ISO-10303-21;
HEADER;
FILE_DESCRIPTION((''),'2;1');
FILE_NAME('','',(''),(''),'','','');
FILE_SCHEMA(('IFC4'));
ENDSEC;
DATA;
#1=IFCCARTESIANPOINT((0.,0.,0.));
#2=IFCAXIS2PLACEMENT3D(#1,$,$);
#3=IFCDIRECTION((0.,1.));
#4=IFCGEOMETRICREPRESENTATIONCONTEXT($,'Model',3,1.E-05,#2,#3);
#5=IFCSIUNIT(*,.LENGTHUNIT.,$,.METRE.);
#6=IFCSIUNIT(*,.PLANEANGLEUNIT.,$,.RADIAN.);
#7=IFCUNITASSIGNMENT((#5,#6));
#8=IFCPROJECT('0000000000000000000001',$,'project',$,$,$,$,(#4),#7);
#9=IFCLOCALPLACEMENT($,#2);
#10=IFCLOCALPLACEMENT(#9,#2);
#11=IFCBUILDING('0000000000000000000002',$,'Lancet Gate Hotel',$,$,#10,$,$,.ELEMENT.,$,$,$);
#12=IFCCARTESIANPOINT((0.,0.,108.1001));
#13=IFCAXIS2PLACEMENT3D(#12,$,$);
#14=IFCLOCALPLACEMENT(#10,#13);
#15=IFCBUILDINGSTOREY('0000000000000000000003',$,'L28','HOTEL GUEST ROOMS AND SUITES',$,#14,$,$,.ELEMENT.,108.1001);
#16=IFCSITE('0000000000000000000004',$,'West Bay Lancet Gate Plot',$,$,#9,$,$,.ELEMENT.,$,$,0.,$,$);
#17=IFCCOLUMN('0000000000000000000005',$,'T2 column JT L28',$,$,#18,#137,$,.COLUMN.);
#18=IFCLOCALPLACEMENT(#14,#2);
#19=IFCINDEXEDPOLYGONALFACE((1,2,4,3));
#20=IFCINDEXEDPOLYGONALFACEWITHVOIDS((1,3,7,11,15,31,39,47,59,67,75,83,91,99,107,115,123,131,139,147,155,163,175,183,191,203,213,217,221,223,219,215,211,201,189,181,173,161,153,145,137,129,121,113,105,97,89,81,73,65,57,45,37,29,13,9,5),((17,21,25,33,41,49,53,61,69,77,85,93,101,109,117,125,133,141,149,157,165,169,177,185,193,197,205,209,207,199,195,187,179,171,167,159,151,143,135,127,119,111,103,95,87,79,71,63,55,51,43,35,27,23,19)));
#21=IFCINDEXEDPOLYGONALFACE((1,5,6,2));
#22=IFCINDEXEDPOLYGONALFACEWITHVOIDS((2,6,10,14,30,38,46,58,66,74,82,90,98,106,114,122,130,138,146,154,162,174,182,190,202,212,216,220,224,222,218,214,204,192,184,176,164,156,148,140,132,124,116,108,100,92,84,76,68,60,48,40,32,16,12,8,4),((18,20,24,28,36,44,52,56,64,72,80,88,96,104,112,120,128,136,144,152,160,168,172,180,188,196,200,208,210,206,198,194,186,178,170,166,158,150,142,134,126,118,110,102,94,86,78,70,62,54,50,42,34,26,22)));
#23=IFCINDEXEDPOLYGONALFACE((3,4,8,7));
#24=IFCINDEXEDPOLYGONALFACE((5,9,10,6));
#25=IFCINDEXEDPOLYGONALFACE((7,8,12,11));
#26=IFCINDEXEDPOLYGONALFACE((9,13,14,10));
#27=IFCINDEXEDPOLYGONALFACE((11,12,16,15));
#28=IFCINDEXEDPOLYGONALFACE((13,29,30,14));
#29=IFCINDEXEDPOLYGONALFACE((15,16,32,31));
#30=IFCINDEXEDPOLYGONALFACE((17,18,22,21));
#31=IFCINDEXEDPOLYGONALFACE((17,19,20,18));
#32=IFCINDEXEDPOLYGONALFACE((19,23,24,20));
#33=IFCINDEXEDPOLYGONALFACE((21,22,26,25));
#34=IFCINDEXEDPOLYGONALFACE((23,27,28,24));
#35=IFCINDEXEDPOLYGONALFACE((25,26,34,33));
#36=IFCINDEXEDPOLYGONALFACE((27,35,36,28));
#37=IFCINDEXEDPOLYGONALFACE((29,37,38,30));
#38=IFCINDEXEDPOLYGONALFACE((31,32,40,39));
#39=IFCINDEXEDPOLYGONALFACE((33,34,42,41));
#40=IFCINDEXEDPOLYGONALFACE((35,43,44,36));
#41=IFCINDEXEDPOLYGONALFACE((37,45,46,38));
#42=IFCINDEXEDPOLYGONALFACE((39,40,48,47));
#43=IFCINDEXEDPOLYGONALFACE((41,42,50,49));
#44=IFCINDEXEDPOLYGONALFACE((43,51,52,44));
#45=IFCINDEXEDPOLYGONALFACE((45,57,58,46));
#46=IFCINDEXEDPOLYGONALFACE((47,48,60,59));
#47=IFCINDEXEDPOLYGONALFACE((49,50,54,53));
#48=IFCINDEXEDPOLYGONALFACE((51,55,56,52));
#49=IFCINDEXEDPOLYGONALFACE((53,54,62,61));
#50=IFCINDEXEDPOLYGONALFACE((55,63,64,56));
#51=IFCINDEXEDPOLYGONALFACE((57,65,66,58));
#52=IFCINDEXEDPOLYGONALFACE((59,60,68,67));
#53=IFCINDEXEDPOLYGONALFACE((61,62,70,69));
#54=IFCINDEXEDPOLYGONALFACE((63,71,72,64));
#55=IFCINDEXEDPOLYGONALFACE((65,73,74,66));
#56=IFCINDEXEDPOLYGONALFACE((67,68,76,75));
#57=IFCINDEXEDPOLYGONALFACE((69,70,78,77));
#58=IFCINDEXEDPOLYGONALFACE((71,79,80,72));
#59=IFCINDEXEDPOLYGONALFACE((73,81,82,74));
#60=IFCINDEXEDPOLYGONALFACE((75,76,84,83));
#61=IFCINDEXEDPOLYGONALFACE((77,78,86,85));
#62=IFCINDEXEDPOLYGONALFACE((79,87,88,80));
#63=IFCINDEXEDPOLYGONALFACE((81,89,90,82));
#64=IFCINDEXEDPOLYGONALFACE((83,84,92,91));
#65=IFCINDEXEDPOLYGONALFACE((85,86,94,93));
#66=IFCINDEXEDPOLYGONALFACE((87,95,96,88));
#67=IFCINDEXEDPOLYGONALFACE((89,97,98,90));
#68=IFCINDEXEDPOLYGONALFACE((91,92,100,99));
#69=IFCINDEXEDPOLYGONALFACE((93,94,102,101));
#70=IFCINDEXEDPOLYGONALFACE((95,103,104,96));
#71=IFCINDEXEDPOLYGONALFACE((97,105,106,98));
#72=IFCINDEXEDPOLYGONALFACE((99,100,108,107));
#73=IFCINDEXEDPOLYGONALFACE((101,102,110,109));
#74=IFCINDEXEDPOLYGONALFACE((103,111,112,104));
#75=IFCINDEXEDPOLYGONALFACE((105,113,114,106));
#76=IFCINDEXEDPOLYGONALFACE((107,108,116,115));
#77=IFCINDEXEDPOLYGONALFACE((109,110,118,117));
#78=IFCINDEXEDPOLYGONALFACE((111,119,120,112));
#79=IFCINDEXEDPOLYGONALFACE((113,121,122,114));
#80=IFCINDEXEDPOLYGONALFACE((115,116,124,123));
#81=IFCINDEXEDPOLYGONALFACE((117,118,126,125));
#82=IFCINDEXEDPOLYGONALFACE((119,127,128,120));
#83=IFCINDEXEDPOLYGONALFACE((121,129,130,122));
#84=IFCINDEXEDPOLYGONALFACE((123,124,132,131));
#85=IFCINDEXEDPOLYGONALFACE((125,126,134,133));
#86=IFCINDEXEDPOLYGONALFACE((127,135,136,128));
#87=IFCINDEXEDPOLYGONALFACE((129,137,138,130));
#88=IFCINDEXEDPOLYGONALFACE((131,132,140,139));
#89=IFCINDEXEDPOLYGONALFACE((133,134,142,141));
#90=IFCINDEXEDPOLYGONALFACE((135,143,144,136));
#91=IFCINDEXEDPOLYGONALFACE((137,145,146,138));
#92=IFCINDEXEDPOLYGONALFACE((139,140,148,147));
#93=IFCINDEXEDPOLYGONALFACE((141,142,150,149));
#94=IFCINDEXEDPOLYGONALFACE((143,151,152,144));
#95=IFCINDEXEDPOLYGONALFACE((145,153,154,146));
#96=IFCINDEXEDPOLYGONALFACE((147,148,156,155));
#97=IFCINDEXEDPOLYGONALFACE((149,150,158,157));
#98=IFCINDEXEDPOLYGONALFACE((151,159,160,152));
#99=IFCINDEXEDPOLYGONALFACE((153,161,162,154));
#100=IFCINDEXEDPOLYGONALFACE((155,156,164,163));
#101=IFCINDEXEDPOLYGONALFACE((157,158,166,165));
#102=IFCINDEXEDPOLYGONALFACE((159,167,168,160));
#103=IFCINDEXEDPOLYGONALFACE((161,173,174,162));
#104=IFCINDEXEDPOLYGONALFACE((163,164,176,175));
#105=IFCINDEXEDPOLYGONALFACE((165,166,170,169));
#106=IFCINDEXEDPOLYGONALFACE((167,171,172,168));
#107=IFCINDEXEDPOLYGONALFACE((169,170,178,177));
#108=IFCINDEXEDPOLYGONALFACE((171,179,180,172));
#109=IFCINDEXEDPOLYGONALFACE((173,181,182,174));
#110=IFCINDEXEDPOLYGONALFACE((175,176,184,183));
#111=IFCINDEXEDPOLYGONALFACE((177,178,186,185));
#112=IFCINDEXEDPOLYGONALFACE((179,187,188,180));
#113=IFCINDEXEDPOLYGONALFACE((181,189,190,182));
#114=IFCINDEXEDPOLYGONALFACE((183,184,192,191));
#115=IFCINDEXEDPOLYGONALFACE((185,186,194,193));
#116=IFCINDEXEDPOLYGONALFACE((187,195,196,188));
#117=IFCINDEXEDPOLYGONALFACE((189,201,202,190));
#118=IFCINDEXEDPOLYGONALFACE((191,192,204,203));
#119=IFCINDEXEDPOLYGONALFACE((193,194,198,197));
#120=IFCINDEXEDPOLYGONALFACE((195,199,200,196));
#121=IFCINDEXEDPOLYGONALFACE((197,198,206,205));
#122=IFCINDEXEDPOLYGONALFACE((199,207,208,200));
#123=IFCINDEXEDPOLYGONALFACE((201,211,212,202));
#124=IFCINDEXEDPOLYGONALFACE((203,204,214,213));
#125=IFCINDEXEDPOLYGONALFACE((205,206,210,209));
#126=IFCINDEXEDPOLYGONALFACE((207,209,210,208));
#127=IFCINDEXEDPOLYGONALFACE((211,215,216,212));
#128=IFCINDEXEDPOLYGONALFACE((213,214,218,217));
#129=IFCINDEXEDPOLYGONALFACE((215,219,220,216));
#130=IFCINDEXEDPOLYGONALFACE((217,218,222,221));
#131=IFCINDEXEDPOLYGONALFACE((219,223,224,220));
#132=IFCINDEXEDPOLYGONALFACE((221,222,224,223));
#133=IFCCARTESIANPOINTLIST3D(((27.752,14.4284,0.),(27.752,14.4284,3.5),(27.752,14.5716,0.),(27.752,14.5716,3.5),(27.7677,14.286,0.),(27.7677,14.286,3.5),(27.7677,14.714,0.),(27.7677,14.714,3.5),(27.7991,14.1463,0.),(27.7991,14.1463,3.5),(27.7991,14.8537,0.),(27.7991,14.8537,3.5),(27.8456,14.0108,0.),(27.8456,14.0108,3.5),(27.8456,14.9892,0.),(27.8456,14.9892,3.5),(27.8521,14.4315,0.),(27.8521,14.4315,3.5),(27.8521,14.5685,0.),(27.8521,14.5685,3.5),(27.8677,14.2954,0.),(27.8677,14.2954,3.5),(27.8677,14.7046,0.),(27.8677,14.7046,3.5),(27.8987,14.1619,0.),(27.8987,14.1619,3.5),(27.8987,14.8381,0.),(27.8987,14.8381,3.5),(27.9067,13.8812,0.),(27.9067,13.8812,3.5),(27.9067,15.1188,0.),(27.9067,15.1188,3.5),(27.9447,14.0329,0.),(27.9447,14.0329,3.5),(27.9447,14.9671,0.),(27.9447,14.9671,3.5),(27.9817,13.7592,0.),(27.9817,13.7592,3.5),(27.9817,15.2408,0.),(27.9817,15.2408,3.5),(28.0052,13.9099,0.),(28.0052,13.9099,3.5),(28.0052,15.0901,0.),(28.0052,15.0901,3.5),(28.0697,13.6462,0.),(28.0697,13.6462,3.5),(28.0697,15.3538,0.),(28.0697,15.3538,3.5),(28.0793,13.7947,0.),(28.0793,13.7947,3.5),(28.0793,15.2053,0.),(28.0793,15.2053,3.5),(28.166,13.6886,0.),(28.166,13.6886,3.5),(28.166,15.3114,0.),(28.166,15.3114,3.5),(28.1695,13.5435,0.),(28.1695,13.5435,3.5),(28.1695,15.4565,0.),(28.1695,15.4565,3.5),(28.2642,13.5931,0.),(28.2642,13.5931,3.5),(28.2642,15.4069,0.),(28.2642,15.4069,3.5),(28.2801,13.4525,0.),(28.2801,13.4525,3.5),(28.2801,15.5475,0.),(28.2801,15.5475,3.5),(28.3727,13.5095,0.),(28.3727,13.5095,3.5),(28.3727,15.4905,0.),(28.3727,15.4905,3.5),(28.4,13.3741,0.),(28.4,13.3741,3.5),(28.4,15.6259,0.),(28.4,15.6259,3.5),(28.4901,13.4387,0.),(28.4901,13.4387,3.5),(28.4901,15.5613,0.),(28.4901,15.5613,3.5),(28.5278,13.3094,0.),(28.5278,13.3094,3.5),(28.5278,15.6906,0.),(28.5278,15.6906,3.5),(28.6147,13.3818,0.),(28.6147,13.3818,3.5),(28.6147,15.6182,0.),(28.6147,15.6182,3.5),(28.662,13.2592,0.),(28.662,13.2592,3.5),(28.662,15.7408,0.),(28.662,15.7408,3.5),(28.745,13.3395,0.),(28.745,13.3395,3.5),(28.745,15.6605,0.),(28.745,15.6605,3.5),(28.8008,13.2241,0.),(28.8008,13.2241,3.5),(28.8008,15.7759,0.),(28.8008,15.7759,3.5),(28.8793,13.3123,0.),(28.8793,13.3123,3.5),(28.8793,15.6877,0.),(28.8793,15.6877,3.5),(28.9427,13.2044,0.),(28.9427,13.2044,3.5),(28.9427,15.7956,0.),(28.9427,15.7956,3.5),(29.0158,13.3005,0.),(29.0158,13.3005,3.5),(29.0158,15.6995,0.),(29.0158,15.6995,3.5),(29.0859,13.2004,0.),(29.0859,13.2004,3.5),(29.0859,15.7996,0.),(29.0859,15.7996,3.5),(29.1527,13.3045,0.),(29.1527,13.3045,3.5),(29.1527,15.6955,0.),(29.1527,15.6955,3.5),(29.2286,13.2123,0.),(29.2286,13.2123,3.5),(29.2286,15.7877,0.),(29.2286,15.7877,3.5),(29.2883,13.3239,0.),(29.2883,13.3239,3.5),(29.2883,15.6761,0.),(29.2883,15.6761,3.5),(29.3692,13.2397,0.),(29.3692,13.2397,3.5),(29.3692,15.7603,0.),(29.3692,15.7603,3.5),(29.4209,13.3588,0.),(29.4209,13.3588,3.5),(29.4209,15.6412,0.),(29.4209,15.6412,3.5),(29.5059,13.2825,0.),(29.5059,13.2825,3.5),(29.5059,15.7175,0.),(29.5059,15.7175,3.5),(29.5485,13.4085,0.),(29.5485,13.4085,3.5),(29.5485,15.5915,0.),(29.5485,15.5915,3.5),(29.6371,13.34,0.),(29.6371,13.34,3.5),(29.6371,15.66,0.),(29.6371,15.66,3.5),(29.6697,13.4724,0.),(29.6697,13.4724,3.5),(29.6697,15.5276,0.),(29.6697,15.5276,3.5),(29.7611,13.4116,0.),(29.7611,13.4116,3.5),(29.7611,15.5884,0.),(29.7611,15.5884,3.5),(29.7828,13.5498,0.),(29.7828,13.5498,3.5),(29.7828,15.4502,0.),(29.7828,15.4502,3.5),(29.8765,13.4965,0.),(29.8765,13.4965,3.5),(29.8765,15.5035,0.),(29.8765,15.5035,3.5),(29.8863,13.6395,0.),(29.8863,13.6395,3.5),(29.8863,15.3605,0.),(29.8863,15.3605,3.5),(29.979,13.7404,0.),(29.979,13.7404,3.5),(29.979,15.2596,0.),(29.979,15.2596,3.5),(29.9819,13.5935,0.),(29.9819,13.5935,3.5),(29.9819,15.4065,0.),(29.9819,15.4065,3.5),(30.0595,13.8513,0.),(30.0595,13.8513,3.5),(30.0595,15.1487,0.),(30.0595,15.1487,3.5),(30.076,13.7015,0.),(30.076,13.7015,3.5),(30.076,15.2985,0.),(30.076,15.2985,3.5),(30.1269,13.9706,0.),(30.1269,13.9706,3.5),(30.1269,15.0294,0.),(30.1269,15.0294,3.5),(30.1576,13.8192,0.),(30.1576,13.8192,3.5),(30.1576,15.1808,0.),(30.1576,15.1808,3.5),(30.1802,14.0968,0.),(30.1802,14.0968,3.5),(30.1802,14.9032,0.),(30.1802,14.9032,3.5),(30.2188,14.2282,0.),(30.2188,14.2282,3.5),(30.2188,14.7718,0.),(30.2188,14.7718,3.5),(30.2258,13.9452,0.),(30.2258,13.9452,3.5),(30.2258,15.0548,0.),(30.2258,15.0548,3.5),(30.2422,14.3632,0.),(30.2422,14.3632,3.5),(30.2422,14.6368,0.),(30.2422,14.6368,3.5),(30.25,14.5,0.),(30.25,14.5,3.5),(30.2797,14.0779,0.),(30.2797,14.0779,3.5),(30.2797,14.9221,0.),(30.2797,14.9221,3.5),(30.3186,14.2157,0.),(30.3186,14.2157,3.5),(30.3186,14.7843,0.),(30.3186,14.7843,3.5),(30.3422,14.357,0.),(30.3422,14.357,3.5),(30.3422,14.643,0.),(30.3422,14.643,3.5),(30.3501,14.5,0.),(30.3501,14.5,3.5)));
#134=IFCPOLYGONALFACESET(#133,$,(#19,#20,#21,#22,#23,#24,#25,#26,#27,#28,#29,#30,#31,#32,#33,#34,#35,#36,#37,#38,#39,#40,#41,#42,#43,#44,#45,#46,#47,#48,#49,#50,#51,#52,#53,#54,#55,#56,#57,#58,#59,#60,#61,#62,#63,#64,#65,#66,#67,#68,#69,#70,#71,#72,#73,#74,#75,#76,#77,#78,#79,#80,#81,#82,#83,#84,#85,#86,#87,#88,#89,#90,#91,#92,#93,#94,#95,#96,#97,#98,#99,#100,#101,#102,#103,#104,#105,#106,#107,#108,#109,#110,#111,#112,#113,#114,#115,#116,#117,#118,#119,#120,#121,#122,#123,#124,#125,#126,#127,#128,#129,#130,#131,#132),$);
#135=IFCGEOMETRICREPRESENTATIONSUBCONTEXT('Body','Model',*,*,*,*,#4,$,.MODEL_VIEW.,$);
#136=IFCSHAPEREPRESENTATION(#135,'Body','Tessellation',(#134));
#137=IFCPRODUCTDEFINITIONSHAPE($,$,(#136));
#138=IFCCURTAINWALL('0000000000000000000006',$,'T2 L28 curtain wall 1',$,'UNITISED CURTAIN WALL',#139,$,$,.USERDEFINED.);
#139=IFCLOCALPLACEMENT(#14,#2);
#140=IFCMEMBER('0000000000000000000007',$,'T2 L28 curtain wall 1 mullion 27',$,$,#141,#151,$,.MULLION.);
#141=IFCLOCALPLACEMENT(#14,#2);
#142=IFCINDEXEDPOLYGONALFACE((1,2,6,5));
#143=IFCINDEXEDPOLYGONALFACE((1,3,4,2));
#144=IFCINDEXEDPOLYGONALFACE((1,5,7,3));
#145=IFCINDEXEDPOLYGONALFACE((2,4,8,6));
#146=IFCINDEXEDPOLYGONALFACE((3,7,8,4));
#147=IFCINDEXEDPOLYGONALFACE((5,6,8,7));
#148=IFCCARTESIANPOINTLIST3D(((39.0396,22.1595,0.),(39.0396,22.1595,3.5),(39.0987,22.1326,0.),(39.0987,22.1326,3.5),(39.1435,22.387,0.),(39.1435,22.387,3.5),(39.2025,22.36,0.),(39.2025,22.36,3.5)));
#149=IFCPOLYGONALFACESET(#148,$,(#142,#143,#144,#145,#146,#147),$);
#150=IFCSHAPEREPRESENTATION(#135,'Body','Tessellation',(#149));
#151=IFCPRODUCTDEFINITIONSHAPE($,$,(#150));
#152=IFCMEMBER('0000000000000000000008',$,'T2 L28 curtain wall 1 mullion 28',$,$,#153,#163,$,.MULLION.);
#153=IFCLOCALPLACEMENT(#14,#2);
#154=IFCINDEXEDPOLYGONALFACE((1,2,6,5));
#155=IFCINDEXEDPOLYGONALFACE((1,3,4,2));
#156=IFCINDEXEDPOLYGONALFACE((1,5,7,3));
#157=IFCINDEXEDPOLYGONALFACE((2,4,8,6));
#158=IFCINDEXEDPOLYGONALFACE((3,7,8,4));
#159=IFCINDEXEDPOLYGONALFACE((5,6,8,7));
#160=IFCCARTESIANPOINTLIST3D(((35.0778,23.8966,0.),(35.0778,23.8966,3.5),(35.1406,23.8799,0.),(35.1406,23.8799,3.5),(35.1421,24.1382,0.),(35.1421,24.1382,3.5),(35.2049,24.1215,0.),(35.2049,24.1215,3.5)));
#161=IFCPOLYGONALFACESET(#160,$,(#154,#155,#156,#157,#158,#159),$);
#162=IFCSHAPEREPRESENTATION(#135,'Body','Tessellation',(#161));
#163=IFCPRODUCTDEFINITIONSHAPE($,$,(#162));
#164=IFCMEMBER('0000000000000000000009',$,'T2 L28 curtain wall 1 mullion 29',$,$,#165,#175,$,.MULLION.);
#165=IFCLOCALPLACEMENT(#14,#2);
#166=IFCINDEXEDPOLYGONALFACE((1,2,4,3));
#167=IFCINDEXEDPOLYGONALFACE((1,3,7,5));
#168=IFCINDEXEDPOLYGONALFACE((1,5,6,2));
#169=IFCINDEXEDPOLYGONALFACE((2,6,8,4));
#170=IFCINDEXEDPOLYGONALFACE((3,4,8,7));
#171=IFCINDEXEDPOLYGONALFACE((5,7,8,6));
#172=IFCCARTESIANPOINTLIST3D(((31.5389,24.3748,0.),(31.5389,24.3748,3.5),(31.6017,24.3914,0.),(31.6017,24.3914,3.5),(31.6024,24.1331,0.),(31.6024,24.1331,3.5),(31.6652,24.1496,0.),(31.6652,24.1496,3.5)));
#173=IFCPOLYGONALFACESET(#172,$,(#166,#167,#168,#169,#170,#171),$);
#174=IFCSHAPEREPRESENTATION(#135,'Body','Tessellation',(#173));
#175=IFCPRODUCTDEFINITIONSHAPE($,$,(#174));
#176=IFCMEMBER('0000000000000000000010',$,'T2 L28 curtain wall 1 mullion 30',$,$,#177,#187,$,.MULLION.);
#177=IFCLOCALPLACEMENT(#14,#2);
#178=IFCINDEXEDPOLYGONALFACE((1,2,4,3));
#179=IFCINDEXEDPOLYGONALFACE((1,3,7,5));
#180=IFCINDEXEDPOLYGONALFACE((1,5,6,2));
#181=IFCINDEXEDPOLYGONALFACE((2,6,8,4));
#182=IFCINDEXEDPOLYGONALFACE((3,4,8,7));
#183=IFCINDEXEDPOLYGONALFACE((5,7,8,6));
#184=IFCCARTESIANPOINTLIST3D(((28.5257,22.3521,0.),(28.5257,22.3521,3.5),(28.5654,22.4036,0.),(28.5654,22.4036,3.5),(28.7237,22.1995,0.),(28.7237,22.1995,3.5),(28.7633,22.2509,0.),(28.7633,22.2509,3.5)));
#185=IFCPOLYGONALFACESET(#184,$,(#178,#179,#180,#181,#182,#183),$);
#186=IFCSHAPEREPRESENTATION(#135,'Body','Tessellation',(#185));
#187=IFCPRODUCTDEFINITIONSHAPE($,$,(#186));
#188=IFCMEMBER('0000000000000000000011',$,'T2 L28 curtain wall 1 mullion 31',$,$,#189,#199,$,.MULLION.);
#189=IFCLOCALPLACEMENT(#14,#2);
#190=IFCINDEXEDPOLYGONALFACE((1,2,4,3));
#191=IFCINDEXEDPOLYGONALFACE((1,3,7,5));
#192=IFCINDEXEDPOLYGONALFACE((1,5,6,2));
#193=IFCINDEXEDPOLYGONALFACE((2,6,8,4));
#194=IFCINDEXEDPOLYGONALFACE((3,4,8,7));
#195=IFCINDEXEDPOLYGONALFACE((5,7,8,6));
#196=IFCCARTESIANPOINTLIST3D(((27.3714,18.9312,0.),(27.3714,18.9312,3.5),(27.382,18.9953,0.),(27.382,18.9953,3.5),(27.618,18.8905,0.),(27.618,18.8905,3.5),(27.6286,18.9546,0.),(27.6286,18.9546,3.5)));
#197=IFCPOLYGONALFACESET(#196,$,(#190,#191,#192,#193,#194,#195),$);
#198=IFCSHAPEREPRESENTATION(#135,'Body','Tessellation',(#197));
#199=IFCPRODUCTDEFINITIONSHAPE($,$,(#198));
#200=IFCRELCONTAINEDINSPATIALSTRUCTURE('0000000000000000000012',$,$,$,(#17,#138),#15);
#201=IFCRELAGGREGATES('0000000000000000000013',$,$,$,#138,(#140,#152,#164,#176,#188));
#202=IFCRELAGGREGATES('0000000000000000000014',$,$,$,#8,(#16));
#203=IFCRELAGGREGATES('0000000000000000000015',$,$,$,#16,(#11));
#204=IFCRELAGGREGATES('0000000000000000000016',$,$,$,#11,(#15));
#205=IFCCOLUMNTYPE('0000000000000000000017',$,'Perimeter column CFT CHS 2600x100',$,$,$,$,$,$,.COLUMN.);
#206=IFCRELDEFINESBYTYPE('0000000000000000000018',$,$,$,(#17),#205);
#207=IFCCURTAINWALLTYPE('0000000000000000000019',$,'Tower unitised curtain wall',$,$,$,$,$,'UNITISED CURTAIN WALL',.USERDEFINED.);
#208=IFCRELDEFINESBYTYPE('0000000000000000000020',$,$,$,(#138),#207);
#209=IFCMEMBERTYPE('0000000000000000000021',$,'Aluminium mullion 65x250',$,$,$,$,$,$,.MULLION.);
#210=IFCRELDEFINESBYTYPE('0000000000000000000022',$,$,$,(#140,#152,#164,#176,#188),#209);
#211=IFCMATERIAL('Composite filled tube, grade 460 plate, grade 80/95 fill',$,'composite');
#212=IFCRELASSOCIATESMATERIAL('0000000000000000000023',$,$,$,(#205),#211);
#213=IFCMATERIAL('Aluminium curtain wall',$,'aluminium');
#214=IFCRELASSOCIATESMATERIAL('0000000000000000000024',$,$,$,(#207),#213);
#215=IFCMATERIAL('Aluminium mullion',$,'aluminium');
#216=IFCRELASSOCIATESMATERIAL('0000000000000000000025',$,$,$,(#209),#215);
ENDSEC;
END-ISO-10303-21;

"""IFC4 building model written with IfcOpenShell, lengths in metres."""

from ifc_helpers import new_model, si_unit, direction, frame, origin, origin_2d, place, context, subcontext, project, spatial, rectangle, hollow_circle, extrude, material, material_profile, profile_set, type_object, element, aggregate, save


model = new_model("IFC4")

# Units and contexts
model_context = context("Model", 3, precision=1e-05, world=origin(), true_north=direction((0.0, 1.0)))
body_context = subcontext(model_context, "Body", "Model", "MODEL_VIEW")
ifc_project = project(units=[si_unit("LENGTHUNIT", "METRE"), si_unit("PLANEANGLEUNIT", "RADIAN")], contexts=[model_context])

# Site, building, storey
site_placement = place(None, origin())
site = spatial("IfcSite", under=ifc_project, at=site_placement, Name="West Bay Lancet Gate Plot", CompositionType="ELEMENT", RefElevation=0.0)
building_placement = place(site_placement, origin())
building = spatial("IfcBuilding", under=site, at=building_placement, Name="Lancet Gate Hotel", CompositionType="ELEMENT")
storey_placement = place(building_placement, frame((0.0, 0.0, 108.1001)))
storey = spatial("IfcBuildingStorey", under=building, at=storey_placement, Name="L28", Description="HOTEL GUEST ROOMS AND SUITES", CompositionType="ELEMENT", Elevation=108.1001)

# Column
ifc_material_1 = material(Name="Composite filled tube, grade 460 plate, grade 80/95 fill", Category="composite")
ifc_material_profile_1 = material_profile(ifc_material_1, hollow_circle(Radius=1.3, WallThickness=0.1001, at=origin_2d()), Name="CHS 2600x100")
ifc_profile_set_1 = profile_set([ifc_material_profile_1], Name="Composite filled tube, grade 460 plate, grade 80/95 fill")
column_type = type_object("IfcColumnType", Name="Perimeter column CFT CHS 2600x100", PredefinedType="COLUMN", material=ifc_profile_set_1)
for number, where, z_axis, x_axis, name in (
    (1, (29.05, 14.5, 0.0), (0.0, 0.0, 1.0), (1.0, 0.0, 0.0), "T2 column JT L28"),
):
    element("IfcColumn", number, at=place(storey_placement, frame(where, z_axis=z_axis, x_axis=x_axis)), inside=storey, type_object=column_type, Name=name, PredefinedType="COLUMN", context=body_context, shape_type="SweptSolid", body=[
        extrude(hollow_circle(Radius=1.3, WallThickness=0.1001, at=origin_2d()), origin(), (0.0, 0.0, 1.0), 3.5),
    ])

# Curtain wall, members
ifc_material_2 = material(Name="Aluminium curtain wall", Category="aluminium")
curtain_wall_type = type_object("IfcCurtainWallType", Name="Tower unitised curtain wall", ElementType="UNITISED CURTAIN WALL", PredefinedType="USERDEFINED", material=ifc_material_2)
curtain_wall_placement = place(storey_placement, origin())
curtain_wall = element("IfcCurtainWall", 2, at=curtain_wall_placement, inside=storey, type_object=curtain_wall_type, Name="T2 L28 curtain wall 1", ObjectType="UNITISED CURTAIN WALL", PredefinedType="USERDEFINED")
ifc_material_3 = material(Name="Aluminium mullion", Category="aluminium")
ifc_material_profile_2 = material_profile(ifc_material_3, rectangle(XDim=0.0649, YDim=0.25, at=origin_2d()), Name="MULLION 65x250")
ifc_profile_set_2 = profile_set([ifc_material_profile_2], Name="Aluminium mullion")
member_type_1 = type_object("IfcMemberType", Name="Aluminium mullion 65x250", PredefinedType="MULLION", material=ifc_profile_set_2)
member_1_placement = place(storey_placement, frame((39.1211, 22.2598, 0.0), z_axis=(0.0, 0.0, 1.0), x_axis=(-0.909673, 0.415326, 0.0)))
member_1 = element("IfcMember", 3, at=member_1_placement, type_object=member_type_1, Name="T2 L28 curtain wall 1 mullion 27", PredefinedType="MULLION", context=body_context, shape_type="SweptSolid", body=[
    extrude(rectangle(XDim=0.0649, YDim=0.25, at=origin_2d()), origin(), (0.0, 0.0, 1.0), 3.5),
])
member_2_placement = place(storey_placement, frame((35.1414, 24.009, 0.0), z_axis=(0.0, 0.0, 1.0), x_axis=(-0.966317, 0.257353, 0.0)))
member_2 = element("IfcMember", 4, at=member_2_placement, type_object=member_type_1, Name="T2 L28 curtain wall 1 mullion 28", PredefinedType="MULLION", context=body_context, shape_type="SweptSolid", body=[
    extrude(rectangle(XDim=0.0649, YDim=0.25, at=origin_2d()), origin(), (0.0, 0.0, 1.0), 3.5),
])
member_3_placement = place(storey_placement, frame((31.6021, 24.2622, 0.0), z_axis=(0.0, 0.0, 1.0), x_axis=(-0.967157, -0.254179, 0.0)))
member_3 = element("IfcMember", 5, at=member_3_placement, type_object=member_type_1, Name="T2 L28 curtain wall 1 mullion 29", PredefinedType="MULLION", context=body_context, shape_type="SweptSolid", body=[
    extrude(rectangle(XDim=0.0649, YDim=0.25, at=origin_2d()), origin(), (0.0, 0.0, 1.0), 3.5),
])
member_4_placement = place(storey_placement, frame((28.6445, 22.3015, 0.0), z_axis=(0.0, 0.0, 1.0), x_axis=(-0.610664, -0.79189, 0.0)))
member_4 = element("IfcMember", 6, at=member_4_placement, type_object=member_type_1, Name="T2 L28 curtain wall 1 mullion 30", PredefinedType="MULLION", context=body_context, shape_type="SweptSolid", body=[
    extrude(rectangle(XDim=0.0649, YDim=0.25, at=origin_2d()), origin(), (0.0, 0.0, 1.0), 3.5),
])
member_5_placement = place(storey_placement, frame((27.5, 18.9429, 0.0), z_axis=(0.0, 0.0, 1.0), x_axis=(-0.162739, -0.986669, 0.0)))
member_5 = element("IfcMember", 7, at=member_5_placement, type_object=member_type_1, Name="T2 L28 curtain wall 1 mullion 31", PredefinedType="MULLION", context=body_context, shape_type="SweptSolid", body=[
    extrude(rectangle(XDim=0.0649, YDim=0.25, at=origin_2d()), origin(), (0.0, 0.0, 1.0), 3.5),
])

aggregate(curtain_wall, [member_1, member_2, member_3, member_4, member_5])

save(model, "model.ifc")
